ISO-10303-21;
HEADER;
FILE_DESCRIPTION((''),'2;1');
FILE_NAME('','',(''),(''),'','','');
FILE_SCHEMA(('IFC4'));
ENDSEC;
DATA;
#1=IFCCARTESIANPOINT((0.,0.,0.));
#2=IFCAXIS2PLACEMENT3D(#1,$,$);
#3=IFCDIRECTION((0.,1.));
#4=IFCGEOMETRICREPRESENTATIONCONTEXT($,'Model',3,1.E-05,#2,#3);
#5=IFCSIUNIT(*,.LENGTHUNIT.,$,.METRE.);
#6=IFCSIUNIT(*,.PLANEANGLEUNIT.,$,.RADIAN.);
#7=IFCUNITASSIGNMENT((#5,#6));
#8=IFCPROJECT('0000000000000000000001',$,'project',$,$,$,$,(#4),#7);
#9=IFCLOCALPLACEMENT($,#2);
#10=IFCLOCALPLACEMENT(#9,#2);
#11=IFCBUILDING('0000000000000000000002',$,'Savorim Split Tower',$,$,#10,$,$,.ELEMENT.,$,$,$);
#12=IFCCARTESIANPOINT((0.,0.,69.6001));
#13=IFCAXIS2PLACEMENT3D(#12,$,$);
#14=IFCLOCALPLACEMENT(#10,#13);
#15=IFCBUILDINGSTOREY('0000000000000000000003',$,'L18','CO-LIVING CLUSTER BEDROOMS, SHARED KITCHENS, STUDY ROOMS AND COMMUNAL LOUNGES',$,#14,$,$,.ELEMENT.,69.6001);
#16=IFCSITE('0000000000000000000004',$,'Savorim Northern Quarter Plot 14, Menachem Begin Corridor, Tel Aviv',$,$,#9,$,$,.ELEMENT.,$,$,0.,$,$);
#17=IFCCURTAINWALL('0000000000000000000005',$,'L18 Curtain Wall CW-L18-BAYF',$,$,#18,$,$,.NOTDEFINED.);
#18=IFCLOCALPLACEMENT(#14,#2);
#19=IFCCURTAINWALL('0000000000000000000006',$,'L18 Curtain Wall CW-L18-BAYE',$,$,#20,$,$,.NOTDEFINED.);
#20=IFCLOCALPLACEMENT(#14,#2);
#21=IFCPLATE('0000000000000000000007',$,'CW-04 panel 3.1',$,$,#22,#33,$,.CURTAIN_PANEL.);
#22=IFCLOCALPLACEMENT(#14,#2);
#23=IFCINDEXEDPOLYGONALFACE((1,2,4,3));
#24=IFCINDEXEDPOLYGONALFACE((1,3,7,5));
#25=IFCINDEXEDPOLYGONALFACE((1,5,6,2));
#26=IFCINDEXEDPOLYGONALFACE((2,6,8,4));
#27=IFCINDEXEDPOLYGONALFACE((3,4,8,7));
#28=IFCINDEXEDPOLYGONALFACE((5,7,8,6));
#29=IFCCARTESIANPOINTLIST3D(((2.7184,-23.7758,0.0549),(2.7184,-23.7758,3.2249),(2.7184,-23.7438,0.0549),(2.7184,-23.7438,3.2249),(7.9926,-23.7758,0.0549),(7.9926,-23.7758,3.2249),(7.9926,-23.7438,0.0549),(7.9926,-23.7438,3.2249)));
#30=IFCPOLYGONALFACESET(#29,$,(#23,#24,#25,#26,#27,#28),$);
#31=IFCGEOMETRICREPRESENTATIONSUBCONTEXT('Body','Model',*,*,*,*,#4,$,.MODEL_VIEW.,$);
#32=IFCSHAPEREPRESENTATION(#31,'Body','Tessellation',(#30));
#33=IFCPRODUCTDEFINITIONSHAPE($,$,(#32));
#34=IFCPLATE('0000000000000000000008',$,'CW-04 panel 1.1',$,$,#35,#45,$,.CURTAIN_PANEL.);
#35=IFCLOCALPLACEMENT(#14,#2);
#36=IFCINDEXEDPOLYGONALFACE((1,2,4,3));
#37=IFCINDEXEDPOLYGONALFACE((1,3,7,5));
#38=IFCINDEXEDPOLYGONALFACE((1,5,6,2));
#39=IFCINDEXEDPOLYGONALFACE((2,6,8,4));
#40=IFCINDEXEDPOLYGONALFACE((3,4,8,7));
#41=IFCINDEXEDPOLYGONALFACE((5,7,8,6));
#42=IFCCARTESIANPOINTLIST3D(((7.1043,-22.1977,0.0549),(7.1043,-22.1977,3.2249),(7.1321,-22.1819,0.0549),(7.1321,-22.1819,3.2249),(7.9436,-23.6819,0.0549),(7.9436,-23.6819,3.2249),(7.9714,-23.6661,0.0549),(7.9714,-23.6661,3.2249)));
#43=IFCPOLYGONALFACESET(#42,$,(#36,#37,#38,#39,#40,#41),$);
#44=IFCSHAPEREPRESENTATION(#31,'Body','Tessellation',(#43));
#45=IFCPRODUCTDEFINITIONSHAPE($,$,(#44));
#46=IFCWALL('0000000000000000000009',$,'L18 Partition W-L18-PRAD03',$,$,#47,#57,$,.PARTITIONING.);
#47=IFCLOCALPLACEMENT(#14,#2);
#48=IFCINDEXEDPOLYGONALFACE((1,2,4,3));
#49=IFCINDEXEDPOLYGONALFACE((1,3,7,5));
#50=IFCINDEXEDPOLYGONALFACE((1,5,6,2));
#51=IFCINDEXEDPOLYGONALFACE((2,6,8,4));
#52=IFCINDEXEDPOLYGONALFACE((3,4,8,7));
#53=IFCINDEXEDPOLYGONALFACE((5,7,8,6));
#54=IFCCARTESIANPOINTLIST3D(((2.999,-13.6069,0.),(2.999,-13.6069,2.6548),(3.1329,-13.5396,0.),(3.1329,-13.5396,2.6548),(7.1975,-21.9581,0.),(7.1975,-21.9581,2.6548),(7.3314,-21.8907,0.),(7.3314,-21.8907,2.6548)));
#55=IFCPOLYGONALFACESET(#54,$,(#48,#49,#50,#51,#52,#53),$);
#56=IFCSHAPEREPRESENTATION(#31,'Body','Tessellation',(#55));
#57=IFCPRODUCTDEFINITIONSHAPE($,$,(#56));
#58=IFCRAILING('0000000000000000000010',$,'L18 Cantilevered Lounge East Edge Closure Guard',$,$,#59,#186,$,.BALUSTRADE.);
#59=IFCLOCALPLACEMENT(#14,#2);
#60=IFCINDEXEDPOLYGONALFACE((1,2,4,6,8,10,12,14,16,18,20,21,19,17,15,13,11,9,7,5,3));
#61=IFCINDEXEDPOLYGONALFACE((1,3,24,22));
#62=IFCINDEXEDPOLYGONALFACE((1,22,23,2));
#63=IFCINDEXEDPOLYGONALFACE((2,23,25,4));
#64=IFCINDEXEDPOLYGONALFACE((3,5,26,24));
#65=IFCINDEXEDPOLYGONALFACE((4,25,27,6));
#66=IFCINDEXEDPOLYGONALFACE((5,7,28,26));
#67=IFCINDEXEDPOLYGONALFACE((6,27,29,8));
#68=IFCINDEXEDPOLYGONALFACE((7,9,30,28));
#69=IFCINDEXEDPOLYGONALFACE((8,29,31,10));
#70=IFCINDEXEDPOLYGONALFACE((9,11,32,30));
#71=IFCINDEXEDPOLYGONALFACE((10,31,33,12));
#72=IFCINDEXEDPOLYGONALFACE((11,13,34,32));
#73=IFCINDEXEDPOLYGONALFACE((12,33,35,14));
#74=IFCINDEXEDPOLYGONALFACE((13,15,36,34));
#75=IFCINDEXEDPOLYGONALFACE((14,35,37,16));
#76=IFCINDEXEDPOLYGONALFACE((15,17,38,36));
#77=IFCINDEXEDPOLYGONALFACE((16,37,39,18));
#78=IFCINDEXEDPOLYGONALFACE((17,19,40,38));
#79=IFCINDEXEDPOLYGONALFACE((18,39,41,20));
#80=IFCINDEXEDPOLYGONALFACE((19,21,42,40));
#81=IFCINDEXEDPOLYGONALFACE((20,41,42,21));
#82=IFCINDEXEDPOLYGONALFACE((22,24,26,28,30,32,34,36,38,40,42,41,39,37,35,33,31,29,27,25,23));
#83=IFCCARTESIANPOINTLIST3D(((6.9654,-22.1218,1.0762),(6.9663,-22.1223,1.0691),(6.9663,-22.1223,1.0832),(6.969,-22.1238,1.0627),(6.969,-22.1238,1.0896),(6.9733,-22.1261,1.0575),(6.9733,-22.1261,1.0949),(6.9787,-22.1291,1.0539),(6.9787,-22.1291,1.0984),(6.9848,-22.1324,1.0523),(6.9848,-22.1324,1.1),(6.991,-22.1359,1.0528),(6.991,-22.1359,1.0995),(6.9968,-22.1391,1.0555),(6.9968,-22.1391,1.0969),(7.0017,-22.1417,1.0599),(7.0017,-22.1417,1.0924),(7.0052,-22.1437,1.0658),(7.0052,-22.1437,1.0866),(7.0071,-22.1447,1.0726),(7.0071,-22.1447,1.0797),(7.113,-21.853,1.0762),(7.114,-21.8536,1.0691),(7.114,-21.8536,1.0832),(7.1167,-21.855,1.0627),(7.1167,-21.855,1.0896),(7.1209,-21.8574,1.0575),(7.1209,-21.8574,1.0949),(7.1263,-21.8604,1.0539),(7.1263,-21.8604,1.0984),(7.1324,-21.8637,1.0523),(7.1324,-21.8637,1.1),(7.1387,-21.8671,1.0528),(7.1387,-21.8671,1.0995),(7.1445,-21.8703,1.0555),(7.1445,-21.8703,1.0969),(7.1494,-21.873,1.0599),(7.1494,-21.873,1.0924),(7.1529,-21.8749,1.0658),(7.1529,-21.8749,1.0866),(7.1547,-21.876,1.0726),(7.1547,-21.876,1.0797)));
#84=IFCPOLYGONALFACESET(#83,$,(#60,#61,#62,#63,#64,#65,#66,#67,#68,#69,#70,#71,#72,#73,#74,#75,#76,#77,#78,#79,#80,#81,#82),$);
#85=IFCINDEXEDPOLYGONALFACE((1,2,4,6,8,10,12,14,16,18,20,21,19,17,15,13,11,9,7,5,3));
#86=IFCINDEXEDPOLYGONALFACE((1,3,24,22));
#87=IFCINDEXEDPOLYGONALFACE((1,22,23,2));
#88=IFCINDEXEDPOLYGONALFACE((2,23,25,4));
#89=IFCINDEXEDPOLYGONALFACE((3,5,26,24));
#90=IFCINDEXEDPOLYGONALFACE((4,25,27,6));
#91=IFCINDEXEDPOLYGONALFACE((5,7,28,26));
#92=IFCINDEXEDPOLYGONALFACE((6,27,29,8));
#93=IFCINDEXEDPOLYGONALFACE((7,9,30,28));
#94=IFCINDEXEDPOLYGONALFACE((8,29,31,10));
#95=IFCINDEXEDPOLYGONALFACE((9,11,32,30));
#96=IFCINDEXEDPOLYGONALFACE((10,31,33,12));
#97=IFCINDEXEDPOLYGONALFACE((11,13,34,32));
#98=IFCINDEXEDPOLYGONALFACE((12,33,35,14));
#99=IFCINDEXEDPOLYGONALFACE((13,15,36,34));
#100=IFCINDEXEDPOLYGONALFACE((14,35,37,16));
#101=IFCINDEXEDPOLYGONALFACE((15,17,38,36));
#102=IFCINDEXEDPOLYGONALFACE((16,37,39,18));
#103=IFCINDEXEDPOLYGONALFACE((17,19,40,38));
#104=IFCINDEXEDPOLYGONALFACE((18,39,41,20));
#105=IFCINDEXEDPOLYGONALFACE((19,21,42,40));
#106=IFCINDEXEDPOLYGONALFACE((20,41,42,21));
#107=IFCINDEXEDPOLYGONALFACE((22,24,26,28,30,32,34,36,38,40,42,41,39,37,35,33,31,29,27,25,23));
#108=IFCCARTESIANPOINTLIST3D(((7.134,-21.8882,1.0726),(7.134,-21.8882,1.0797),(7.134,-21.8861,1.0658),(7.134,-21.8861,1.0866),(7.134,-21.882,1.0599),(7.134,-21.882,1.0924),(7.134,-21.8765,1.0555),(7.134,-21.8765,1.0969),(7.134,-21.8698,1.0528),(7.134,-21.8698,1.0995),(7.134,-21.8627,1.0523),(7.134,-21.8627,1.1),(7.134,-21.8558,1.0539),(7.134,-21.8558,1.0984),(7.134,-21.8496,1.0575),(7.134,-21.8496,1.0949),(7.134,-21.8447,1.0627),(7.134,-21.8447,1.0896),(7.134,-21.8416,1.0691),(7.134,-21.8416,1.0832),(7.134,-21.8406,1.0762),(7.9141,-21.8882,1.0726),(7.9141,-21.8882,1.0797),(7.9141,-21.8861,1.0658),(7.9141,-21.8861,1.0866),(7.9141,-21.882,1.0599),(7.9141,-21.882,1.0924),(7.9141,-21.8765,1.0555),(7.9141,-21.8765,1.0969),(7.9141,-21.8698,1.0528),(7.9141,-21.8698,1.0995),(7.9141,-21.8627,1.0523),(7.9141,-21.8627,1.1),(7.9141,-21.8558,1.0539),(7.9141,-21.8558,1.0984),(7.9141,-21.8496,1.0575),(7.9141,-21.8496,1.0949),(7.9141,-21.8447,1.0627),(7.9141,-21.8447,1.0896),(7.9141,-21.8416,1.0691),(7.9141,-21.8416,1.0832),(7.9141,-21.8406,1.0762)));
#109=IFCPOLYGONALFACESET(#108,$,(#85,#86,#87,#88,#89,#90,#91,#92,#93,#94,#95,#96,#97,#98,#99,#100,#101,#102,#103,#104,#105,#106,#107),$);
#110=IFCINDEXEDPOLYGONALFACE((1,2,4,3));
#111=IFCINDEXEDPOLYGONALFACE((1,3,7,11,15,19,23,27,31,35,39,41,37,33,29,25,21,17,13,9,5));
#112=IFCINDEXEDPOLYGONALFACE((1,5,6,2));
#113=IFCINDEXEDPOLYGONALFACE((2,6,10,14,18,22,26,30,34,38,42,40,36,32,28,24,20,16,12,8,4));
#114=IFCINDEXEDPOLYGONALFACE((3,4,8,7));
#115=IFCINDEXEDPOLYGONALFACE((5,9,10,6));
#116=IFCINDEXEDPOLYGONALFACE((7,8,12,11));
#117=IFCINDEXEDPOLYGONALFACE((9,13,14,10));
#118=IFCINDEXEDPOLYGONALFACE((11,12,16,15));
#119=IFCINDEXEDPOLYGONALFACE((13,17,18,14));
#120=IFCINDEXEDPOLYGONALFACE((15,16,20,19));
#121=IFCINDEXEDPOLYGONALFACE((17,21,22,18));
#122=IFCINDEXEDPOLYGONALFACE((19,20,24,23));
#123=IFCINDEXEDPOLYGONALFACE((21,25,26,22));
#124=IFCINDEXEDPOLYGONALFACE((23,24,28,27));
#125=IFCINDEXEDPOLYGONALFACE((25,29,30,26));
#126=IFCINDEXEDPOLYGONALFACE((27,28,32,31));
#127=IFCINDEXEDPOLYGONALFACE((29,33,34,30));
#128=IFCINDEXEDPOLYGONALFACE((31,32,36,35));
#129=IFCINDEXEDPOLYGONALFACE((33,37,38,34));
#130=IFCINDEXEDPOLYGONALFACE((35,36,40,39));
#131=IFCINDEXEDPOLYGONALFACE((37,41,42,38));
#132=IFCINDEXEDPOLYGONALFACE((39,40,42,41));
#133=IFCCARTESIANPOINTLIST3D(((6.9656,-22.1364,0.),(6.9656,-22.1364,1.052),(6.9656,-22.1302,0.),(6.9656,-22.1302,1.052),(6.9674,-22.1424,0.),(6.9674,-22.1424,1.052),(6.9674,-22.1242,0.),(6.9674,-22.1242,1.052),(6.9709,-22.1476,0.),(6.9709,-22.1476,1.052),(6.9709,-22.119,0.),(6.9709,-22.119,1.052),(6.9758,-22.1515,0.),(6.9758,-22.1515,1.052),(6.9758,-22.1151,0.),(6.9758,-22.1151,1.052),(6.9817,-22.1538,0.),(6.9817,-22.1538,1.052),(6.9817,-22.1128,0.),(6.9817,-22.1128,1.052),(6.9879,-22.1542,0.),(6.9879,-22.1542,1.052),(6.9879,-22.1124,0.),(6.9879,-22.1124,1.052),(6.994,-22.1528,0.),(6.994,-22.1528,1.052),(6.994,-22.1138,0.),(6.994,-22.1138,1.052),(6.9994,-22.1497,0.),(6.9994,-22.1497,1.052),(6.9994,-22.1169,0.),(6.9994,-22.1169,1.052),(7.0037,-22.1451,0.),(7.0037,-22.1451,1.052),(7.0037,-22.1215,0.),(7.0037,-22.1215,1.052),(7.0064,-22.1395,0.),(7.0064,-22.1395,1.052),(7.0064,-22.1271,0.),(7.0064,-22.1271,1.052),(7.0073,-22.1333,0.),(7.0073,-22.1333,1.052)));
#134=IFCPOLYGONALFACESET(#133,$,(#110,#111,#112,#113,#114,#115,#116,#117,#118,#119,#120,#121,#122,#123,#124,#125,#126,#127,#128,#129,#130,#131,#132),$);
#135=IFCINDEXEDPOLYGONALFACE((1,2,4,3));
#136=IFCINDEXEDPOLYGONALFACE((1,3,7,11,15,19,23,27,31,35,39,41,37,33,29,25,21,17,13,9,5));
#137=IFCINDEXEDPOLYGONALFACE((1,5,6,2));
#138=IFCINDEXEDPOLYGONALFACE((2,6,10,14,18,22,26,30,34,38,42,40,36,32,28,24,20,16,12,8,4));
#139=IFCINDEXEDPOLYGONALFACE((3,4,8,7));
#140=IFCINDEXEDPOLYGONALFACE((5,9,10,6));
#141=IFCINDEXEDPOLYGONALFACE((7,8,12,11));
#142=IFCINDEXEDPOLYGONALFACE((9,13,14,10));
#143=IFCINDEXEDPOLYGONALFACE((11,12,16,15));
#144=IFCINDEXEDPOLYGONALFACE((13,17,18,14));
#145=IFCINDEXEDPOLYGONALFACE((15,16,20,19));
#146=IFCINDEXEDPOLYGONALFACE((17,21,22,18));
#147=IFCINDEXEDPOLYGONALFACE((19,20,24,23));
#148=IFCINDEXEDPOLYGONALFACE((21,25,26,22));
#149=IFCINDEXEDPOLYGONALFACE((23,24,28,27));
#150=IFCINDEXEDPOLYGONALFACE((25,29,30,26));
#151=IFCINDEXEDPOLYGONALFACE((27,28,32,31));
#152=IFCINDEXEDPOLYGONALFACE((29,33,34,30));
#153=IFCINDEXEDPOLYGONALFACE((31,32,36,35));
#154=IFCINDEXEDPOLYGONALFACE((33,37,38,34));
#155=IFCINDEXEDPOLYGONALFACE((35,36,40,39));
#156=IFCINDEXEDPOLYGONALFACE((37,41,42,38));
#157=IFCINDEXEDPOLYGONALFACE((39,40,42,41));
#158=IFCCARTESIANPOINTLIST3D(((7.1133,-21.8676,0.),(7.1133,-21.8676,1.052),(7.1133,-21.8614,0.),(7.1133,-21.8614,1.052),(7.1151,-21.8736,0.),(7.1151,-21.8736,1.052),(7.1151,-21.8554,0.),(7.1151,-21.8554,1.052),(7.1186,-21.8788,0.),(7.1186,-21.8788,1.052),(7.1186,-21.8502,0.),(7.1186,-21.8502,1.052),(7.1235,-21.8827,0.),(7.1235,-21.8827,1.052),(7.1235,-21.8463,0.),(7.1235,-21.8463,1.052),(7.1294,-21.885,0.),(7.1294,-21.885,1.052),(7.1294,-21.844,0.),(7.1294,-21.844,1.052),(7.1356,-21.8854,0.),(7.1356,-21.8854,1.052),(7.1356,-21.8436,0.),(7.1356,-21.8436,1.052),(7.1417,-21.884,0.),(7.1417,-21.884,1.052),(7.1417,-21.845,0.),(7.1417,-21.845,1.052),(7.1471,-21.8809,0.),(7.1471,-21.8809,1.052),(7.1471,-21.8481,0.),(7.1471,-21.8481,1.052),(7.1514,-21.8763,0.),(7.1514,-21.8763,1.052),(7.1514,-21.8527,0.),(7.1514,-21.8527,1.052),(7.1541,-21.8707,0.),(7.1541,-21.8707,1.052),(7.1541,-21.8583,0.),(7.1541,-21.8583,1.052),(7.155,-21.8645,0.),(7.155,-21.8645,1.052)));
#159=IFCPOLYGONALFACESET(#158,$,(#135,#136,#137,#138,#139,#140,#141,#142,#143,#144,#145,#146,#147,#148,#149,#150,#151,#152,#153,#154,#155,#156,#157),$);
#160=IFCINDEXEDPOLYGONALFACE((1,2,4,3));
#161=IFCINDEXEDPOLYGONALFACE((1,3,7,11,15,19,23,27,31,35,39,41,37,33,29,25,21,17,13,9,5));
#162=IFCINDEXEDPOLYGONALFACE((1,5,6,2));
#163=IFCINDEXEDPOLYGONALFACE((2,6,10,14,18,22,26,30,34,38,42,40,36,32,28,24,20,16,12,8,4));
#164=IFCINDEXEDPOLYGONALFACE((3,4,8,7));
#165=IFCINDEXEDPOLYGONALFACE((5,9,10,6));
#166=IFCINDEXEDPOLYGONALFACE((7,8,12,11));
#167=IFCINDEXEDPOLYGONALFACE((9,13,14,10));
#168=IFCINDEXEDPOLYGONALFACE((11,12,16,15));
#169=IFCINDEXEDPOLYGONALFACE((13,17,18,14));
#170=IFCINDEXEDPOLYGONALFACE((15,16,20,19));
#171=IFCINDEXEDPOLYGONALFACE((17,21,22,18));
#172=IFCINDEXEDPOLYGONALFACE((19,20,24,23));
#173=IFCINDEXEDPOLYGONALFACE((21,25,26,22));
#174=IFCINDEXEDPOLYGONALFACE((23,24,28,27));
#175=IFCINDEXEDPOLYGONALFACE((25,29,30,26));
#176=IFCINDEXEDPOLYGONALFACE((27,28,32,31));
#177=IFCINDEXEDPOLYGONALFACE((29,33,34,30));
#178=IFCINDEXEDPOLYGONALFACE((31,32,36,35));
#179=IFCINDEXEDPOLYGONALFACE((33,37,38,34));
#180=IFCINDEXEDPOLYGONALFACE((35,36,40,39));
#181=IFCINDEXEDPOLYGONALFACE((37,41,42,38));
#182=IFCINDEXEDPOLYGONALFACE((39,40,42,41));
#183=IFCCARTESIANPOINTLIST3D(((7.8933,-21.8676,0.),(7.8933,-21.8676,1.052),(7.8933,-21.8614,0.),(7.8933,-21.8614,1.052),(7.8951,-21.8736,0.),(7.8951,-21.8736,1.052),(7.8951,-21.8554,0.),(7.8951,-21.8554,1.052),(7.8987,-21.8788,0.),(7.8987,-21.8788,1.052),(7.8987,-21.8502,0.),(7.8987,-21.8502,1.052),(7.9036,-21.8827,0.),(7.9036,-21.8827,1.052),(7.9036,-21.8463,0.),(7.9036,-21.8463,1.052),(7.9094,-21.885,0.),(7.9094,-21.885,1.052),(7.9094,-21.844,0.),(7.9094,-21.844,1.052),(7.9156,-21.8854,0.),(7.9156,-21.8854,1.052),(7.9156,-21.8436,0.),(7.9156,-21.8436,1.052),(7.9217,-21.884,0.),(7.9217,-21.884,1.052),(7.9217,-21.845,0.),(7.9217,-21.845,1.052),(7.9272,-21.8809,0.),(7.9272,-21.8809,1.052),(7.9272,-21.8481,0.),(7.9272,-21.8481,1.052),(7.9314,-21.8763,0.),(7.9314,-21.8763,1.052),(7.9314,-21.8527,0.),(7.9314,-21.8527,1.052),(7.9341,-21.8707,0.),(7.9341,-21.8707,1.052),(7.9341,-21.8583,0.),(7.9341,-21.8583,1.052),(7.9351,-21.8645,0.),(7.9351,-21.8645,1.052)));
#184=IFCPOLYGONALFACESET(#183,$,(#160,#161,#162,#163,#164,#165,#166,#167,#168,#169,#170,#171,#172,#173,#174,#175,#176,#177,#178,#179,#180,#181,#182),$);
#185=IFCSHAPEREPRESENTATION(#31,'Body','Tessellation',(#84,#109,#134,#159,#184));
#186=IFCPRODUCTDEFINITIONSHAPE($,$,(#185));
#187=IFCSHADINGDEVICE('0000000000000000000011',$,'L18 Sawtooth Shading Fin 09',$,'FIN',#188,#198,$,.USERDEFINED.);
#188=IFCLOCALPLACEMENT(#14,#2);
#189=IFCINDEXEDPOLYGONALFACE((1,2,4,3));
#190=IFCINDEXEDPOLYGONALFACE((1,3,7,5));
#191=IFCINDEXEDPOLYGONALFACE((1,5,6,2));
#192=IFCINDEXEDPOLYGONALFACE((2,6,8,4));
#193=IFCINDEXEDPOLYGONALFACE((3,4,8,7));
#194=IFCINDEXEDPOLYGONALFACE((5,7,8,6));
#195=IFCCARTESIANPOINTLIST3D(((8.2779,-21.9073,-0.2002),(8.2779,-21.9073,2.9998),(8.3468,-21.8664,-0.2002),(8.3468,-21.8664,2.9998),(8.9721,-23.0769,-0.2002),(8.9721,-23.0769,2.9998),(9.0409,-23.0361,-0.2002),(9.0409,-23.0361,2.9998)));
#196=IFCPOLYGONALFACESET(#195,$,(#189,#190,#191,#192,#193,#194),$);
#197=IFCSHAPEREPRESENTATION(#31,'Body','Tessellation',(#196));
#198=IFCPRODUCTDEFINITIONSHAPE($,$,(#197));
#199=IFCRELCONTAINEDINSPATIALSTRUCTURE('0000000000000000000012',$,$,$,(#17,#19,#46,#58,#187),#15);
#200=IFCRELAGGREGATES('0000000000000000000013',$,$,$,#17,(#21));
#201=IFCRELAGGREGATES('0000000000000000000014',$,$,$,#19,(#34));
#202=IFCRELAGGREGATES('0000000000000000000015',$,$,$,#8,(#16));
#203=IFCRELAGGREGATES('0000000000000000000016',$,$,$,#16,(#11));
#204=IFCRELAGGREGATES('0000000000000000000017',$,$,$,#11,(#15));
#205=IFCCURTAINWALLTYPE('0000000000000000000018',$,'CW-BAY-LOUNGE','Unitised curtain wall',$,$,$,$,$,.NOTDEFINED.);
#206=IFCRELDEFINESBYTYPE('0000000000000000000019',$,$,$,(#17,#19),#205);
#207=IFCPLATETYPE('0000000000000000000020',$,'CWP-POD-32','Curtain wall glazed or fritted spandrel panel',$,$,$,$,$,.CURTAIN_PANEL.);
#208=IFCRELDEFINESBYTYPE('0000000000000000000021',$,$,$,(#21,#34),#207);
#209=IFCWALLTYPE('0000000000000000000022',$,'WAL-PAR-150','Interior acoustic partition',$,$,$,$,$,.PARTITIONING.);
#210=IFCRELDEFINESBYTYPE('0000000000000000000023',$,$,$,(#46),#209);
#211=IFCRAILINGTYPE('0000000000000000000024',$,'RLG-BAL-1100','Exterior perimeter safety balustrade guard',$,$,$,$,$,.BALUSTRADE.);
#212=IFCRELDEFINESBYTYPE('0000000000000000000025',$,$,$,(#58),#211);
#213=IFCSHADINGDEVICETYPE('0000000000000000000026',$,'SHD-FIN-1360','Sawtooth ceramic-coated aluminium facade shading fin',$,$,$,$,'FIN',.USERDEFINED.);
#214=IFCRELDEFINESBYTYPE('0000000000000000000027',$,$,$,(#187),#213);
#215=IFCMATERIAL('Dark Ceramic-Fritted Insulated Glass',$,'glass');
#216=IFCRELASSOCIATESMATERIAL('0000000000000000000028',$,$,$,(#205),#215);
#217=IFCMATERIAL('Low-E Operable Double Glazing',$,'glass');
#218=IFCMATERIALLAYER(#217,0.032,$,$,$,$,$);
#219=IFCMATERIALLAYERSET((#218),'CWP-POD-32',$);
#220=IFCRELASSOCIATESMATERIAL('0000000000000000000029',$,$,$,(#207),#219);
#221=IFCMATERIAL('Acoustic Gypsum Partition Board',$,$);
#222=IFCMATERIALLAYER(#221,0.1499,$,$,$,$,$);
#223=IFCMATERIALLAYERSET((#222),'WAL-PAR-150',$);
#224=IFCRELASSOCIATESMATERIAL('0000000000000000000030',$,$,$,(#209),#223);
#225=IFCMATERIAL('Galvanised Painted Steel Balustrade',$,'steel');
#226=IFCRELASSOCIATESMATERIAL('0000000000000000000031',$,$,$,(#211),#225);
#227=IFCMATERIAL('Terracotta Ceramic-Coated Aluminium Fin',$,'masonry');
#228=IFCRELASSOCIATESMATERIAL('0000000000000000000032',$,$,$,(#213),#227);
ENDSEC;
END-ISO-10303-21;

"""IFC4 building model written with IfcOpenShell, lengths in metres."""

from ifc_helpers import new_model, si_unit, direction, frame, frame_2d, origin, origin_2d, place, context, subcontext, project, spatial, rectangle, circle, extrude, material, layer, layer_set, type_object, element, aggregate, save


model = new_model("IFC4")

# Units and contexts
model_context = context("Model", 3, precision=1e-05, world=origin(), true_north=direction((0.0, 1.0)))
body_context = subcontext(model_context, "Body", "Model", "MODEL_VIEW")
ifc_project = project(units=[si_unit("LENGTHUNIT", "METRE"), si_unit("PLANEANGLEUNIT", "RADIAN")], contexts=[model_context])

# Site, building, storey
site_placement = place(None, origin())
site = spatial("IfcSite", under=ifc_project, at=site_placement, Name="Savorim Northern Quarter Plot 14, Menachem Begin Corridor, Tel Aviv", CompositionType="ELEMENT", RefElevation=0.0)
building_placement = place(site_placement, origin())
building = spatial("IfcBuilding", under=site, at=building_placement, Name="Savorim Split Tower", CompositionType="ELEMENT")
storey_placement = place(building_placement, frame((0.0, 0.0, 69.6001)))
storey = spatial("IfcBuildingStorey", under=building, at=storey_placement, Name="L18", Description="CO-LIVING CLUSTER BEDROOMS, SHARED KITCHENS, STUDY ROOMS AND COMMUNAL LOUNGES", CompositionType="ELEMENT", Elevation=69.6001)

# Shared definitions
ifc_material_1 = material(Name="Dark Ceramic-Fritted Insulated Glass", Category="glass")

# Curtain walls
curtain_wall_type_1 = type_object("IfcCurtainWallType", Name="CW-BAY-LOUNGE", Description="Unitised curtain wall", PredefinedType="NOTDEFINED", material=ifc_material_1)
curtain_wall_1_placement = place(storey_placement, origin())
curtain_wall_1 = element("IfcCurtainWall", 1, at=curtain_wall_1_placement, inside=storey, type_object=curtain_wall_type_1, Name="L18 Curtain Wall CW-L18-BAYF", PredefinedType="NOTDEFINED")
curtain_wall_2_placement = place(storey_placement, origin())
curtain_wall_2 = element("IfcCurtainWall", 2, at=curtain_wall_2_placement, inside=storey, type_object=curtain_wall_type_1, Name="L18 Curtain Wall CW-L18-BAYE", PredefinedType="NOTDEFINED")

# Plates
ifc_material_2 = material(Name="Low-E Operable Double Glazing", Category="glass")
ifc_layer_1 = layer(ifc_material_2, 0.032)
ifc_layer_set_1 = layer_set([ifc_layer_1], Name="CWP-POD-32")
plate_type = type_object("IfcPlateType", Name="CWP-POD-32", Description="Curtain wall glazed or fritted spandrel panel", PredefinedType="CURTAIN_PANEL", material=ifc_layer_set_1)
plate_1_placement = place(storey_placement, frame((5.3555, -23.7598, 0.0549), z_axis=(0.0, 0.0, 1.0), x_axis=(1.0, 0.0, 0.0)))
plate_1 = element("IfcPlate", 3, at=plate_1_placement, type_object=plate_type, Name="CW-04 panel 3.1", PredefinedType="CURTAIN_PANEL", context=body_context, shape_type="SweptSolid", body=[
    extrude(rectangle(XDim=5.2742, YDim=0.032, at=origin_2d()), origin(), (0.0, 0.0, 1.0), 3.1699),
])
aggregate(curtain_wall_1, [plate_1])
plate_2_placement = place(storey_placement, frame((7.5378, -22.9319, 0.0549), z_axis=(0.0, 0.0, 1.0), x_axis=(-0.492255, 0.870451, 0.0)))
plate_2 = element("IfcPlate", 4, at=plate_2_placement, type_object=plate_type, Name="CW-04 panel 1.1", PredefinedType="CURTAIN_PANEL", context=body_context, shape_type="SweptSolid", body=[
    extrude(rectangle(XDim=1.7051, YDim=0.032, at=origin_2d()), origin(), (0.0, 0.0, 1.0), 3.1699),
])
aggregate(curtain_wall_2, [plate_2])

# Wall
ifc_material_3 = material(Name="Acoustic Gypsum Partition Board")
ifc_layer_2 = layer(ifc_material_3, 0.1499)
ifc_layer_set_2 = layer_set([ifc_layer_2], Name="WAL-PAR-150")
wall_type = type_object("IfcWallType", Name="WAL-PAR-150", Description="Interior acoustic partition", PredefinedType="PARTITIONING", material=ifc_layer_set_2)
wall_placement = place(storey_placement, frame((3.0659, -13.5732, 0.0), z_axis=(0.0, 0.0, 1.0), x_axis=(0.449177, -0.893443, 0.0)))
element("IfcWall", 5, at=wall_placement, inside=storey, type_object=wall_type, Name="L18 Partition W-L18-PRAD03", PredefinedType="PARTITIONING", context=body_context, shape_type="SweptSolid", body=[
    extrude(rectangle(XDim=9.3472, YDim=0.1499, at=frame_2d((4.6736, 0.0))), origin(), (0.0, 0.0, 1.0), 2.6548),
])

# Railing
ifc_material_4 = material(Name="Galvanised Painted Steel Balustrade", Category="steel")
railing_type = type_object("IfcRailingType", Name="RLG-BAL-1100", Description="Exterior perimeter safety balustrade guard", PredefinedType="BALUSTRADE", material=ifc_material_4)
railing_placement = place(storey_placement, frame((6.9863, -22.1333, 0.0)))
element("IfcRailing", 6, at=railing_placement, inside=storey, type_object=railing_type, Name="L18 Cantilevered Lounge East Edge Closure Guard", PredefinedType="BALUSTRADE", context=body_context, shape_type="SweptSolid", body=[
    extrude(circle(Radius=0.0239, at=origin_2d()), frame((0.0, 0.0, 1.0762), z_axis=(0.481583, 0.876401, 0.0), x_axis=(-0.876401, 0.481583, 0.0)), (0.0, 0.0, 1.0), 0.3066),
    extrude(circle(Radius=0.0239, at=origin_2d()), frame((0.1477, 0.2688, 1.0762), z_axis=(1.0, 0.0, 0.0), x_axis=(0.0, 1.0, 0.0)), (0.0, 0.0, 1.0), 0.78),
    extrude(circle(Radius=0.021, at=origin_2d()), origin(), (0.0, 0.0, 1.0), 1.052),
    extrude(circle(Radius=0.021, at=origin_2d()), frame((0.1477, 0.2688, 0.0)), (0.0, 0.0, 1.0), 1.052),
    extrude(circle(Radius=0.021, at=origin_2d()), frame((0.9277, 0.2688, 0.0)), (0.0, 0.0, 1.0), 1.052),
])

# Shading device
ifc_material_5 = material(Name="Terracotta Ceramic-Coated Aluminium Fin", Category="masonry")
shading_device_type = type_object("IfcShadingDeviceType", Name="SHD-FIN-1360", Description="Sawtooth ceramic-coated aluminium facade shading fin", ElementType="FIN", PredefinedType="USERDEFINED", material=ifc_material_5)
shading_device_placement = place(storey_placement, frame((8.6594, -22.4717, -0.2002), z_axis=(0.0, 0.0, 1.0), x_axis=(0.510391, -0.859942, 0.0)))
element("IfcShadingDevice", 7, at=shading_device_placement, inside=storey, type_object=shading_device_type, Name="L18 Sawtooth Shading Fin 09", ObjectType="FIN", PredefinedType="USERDEFINED", context=body_context, shape_type="SweptSolid", body=[
    extrude(rectangle(XDim=1.3601, YDim=0.0801, at=origin_2d()), origin(), (0.0, 0.0, 1.0), 3.2),
])

save(model, "model.ifc")
